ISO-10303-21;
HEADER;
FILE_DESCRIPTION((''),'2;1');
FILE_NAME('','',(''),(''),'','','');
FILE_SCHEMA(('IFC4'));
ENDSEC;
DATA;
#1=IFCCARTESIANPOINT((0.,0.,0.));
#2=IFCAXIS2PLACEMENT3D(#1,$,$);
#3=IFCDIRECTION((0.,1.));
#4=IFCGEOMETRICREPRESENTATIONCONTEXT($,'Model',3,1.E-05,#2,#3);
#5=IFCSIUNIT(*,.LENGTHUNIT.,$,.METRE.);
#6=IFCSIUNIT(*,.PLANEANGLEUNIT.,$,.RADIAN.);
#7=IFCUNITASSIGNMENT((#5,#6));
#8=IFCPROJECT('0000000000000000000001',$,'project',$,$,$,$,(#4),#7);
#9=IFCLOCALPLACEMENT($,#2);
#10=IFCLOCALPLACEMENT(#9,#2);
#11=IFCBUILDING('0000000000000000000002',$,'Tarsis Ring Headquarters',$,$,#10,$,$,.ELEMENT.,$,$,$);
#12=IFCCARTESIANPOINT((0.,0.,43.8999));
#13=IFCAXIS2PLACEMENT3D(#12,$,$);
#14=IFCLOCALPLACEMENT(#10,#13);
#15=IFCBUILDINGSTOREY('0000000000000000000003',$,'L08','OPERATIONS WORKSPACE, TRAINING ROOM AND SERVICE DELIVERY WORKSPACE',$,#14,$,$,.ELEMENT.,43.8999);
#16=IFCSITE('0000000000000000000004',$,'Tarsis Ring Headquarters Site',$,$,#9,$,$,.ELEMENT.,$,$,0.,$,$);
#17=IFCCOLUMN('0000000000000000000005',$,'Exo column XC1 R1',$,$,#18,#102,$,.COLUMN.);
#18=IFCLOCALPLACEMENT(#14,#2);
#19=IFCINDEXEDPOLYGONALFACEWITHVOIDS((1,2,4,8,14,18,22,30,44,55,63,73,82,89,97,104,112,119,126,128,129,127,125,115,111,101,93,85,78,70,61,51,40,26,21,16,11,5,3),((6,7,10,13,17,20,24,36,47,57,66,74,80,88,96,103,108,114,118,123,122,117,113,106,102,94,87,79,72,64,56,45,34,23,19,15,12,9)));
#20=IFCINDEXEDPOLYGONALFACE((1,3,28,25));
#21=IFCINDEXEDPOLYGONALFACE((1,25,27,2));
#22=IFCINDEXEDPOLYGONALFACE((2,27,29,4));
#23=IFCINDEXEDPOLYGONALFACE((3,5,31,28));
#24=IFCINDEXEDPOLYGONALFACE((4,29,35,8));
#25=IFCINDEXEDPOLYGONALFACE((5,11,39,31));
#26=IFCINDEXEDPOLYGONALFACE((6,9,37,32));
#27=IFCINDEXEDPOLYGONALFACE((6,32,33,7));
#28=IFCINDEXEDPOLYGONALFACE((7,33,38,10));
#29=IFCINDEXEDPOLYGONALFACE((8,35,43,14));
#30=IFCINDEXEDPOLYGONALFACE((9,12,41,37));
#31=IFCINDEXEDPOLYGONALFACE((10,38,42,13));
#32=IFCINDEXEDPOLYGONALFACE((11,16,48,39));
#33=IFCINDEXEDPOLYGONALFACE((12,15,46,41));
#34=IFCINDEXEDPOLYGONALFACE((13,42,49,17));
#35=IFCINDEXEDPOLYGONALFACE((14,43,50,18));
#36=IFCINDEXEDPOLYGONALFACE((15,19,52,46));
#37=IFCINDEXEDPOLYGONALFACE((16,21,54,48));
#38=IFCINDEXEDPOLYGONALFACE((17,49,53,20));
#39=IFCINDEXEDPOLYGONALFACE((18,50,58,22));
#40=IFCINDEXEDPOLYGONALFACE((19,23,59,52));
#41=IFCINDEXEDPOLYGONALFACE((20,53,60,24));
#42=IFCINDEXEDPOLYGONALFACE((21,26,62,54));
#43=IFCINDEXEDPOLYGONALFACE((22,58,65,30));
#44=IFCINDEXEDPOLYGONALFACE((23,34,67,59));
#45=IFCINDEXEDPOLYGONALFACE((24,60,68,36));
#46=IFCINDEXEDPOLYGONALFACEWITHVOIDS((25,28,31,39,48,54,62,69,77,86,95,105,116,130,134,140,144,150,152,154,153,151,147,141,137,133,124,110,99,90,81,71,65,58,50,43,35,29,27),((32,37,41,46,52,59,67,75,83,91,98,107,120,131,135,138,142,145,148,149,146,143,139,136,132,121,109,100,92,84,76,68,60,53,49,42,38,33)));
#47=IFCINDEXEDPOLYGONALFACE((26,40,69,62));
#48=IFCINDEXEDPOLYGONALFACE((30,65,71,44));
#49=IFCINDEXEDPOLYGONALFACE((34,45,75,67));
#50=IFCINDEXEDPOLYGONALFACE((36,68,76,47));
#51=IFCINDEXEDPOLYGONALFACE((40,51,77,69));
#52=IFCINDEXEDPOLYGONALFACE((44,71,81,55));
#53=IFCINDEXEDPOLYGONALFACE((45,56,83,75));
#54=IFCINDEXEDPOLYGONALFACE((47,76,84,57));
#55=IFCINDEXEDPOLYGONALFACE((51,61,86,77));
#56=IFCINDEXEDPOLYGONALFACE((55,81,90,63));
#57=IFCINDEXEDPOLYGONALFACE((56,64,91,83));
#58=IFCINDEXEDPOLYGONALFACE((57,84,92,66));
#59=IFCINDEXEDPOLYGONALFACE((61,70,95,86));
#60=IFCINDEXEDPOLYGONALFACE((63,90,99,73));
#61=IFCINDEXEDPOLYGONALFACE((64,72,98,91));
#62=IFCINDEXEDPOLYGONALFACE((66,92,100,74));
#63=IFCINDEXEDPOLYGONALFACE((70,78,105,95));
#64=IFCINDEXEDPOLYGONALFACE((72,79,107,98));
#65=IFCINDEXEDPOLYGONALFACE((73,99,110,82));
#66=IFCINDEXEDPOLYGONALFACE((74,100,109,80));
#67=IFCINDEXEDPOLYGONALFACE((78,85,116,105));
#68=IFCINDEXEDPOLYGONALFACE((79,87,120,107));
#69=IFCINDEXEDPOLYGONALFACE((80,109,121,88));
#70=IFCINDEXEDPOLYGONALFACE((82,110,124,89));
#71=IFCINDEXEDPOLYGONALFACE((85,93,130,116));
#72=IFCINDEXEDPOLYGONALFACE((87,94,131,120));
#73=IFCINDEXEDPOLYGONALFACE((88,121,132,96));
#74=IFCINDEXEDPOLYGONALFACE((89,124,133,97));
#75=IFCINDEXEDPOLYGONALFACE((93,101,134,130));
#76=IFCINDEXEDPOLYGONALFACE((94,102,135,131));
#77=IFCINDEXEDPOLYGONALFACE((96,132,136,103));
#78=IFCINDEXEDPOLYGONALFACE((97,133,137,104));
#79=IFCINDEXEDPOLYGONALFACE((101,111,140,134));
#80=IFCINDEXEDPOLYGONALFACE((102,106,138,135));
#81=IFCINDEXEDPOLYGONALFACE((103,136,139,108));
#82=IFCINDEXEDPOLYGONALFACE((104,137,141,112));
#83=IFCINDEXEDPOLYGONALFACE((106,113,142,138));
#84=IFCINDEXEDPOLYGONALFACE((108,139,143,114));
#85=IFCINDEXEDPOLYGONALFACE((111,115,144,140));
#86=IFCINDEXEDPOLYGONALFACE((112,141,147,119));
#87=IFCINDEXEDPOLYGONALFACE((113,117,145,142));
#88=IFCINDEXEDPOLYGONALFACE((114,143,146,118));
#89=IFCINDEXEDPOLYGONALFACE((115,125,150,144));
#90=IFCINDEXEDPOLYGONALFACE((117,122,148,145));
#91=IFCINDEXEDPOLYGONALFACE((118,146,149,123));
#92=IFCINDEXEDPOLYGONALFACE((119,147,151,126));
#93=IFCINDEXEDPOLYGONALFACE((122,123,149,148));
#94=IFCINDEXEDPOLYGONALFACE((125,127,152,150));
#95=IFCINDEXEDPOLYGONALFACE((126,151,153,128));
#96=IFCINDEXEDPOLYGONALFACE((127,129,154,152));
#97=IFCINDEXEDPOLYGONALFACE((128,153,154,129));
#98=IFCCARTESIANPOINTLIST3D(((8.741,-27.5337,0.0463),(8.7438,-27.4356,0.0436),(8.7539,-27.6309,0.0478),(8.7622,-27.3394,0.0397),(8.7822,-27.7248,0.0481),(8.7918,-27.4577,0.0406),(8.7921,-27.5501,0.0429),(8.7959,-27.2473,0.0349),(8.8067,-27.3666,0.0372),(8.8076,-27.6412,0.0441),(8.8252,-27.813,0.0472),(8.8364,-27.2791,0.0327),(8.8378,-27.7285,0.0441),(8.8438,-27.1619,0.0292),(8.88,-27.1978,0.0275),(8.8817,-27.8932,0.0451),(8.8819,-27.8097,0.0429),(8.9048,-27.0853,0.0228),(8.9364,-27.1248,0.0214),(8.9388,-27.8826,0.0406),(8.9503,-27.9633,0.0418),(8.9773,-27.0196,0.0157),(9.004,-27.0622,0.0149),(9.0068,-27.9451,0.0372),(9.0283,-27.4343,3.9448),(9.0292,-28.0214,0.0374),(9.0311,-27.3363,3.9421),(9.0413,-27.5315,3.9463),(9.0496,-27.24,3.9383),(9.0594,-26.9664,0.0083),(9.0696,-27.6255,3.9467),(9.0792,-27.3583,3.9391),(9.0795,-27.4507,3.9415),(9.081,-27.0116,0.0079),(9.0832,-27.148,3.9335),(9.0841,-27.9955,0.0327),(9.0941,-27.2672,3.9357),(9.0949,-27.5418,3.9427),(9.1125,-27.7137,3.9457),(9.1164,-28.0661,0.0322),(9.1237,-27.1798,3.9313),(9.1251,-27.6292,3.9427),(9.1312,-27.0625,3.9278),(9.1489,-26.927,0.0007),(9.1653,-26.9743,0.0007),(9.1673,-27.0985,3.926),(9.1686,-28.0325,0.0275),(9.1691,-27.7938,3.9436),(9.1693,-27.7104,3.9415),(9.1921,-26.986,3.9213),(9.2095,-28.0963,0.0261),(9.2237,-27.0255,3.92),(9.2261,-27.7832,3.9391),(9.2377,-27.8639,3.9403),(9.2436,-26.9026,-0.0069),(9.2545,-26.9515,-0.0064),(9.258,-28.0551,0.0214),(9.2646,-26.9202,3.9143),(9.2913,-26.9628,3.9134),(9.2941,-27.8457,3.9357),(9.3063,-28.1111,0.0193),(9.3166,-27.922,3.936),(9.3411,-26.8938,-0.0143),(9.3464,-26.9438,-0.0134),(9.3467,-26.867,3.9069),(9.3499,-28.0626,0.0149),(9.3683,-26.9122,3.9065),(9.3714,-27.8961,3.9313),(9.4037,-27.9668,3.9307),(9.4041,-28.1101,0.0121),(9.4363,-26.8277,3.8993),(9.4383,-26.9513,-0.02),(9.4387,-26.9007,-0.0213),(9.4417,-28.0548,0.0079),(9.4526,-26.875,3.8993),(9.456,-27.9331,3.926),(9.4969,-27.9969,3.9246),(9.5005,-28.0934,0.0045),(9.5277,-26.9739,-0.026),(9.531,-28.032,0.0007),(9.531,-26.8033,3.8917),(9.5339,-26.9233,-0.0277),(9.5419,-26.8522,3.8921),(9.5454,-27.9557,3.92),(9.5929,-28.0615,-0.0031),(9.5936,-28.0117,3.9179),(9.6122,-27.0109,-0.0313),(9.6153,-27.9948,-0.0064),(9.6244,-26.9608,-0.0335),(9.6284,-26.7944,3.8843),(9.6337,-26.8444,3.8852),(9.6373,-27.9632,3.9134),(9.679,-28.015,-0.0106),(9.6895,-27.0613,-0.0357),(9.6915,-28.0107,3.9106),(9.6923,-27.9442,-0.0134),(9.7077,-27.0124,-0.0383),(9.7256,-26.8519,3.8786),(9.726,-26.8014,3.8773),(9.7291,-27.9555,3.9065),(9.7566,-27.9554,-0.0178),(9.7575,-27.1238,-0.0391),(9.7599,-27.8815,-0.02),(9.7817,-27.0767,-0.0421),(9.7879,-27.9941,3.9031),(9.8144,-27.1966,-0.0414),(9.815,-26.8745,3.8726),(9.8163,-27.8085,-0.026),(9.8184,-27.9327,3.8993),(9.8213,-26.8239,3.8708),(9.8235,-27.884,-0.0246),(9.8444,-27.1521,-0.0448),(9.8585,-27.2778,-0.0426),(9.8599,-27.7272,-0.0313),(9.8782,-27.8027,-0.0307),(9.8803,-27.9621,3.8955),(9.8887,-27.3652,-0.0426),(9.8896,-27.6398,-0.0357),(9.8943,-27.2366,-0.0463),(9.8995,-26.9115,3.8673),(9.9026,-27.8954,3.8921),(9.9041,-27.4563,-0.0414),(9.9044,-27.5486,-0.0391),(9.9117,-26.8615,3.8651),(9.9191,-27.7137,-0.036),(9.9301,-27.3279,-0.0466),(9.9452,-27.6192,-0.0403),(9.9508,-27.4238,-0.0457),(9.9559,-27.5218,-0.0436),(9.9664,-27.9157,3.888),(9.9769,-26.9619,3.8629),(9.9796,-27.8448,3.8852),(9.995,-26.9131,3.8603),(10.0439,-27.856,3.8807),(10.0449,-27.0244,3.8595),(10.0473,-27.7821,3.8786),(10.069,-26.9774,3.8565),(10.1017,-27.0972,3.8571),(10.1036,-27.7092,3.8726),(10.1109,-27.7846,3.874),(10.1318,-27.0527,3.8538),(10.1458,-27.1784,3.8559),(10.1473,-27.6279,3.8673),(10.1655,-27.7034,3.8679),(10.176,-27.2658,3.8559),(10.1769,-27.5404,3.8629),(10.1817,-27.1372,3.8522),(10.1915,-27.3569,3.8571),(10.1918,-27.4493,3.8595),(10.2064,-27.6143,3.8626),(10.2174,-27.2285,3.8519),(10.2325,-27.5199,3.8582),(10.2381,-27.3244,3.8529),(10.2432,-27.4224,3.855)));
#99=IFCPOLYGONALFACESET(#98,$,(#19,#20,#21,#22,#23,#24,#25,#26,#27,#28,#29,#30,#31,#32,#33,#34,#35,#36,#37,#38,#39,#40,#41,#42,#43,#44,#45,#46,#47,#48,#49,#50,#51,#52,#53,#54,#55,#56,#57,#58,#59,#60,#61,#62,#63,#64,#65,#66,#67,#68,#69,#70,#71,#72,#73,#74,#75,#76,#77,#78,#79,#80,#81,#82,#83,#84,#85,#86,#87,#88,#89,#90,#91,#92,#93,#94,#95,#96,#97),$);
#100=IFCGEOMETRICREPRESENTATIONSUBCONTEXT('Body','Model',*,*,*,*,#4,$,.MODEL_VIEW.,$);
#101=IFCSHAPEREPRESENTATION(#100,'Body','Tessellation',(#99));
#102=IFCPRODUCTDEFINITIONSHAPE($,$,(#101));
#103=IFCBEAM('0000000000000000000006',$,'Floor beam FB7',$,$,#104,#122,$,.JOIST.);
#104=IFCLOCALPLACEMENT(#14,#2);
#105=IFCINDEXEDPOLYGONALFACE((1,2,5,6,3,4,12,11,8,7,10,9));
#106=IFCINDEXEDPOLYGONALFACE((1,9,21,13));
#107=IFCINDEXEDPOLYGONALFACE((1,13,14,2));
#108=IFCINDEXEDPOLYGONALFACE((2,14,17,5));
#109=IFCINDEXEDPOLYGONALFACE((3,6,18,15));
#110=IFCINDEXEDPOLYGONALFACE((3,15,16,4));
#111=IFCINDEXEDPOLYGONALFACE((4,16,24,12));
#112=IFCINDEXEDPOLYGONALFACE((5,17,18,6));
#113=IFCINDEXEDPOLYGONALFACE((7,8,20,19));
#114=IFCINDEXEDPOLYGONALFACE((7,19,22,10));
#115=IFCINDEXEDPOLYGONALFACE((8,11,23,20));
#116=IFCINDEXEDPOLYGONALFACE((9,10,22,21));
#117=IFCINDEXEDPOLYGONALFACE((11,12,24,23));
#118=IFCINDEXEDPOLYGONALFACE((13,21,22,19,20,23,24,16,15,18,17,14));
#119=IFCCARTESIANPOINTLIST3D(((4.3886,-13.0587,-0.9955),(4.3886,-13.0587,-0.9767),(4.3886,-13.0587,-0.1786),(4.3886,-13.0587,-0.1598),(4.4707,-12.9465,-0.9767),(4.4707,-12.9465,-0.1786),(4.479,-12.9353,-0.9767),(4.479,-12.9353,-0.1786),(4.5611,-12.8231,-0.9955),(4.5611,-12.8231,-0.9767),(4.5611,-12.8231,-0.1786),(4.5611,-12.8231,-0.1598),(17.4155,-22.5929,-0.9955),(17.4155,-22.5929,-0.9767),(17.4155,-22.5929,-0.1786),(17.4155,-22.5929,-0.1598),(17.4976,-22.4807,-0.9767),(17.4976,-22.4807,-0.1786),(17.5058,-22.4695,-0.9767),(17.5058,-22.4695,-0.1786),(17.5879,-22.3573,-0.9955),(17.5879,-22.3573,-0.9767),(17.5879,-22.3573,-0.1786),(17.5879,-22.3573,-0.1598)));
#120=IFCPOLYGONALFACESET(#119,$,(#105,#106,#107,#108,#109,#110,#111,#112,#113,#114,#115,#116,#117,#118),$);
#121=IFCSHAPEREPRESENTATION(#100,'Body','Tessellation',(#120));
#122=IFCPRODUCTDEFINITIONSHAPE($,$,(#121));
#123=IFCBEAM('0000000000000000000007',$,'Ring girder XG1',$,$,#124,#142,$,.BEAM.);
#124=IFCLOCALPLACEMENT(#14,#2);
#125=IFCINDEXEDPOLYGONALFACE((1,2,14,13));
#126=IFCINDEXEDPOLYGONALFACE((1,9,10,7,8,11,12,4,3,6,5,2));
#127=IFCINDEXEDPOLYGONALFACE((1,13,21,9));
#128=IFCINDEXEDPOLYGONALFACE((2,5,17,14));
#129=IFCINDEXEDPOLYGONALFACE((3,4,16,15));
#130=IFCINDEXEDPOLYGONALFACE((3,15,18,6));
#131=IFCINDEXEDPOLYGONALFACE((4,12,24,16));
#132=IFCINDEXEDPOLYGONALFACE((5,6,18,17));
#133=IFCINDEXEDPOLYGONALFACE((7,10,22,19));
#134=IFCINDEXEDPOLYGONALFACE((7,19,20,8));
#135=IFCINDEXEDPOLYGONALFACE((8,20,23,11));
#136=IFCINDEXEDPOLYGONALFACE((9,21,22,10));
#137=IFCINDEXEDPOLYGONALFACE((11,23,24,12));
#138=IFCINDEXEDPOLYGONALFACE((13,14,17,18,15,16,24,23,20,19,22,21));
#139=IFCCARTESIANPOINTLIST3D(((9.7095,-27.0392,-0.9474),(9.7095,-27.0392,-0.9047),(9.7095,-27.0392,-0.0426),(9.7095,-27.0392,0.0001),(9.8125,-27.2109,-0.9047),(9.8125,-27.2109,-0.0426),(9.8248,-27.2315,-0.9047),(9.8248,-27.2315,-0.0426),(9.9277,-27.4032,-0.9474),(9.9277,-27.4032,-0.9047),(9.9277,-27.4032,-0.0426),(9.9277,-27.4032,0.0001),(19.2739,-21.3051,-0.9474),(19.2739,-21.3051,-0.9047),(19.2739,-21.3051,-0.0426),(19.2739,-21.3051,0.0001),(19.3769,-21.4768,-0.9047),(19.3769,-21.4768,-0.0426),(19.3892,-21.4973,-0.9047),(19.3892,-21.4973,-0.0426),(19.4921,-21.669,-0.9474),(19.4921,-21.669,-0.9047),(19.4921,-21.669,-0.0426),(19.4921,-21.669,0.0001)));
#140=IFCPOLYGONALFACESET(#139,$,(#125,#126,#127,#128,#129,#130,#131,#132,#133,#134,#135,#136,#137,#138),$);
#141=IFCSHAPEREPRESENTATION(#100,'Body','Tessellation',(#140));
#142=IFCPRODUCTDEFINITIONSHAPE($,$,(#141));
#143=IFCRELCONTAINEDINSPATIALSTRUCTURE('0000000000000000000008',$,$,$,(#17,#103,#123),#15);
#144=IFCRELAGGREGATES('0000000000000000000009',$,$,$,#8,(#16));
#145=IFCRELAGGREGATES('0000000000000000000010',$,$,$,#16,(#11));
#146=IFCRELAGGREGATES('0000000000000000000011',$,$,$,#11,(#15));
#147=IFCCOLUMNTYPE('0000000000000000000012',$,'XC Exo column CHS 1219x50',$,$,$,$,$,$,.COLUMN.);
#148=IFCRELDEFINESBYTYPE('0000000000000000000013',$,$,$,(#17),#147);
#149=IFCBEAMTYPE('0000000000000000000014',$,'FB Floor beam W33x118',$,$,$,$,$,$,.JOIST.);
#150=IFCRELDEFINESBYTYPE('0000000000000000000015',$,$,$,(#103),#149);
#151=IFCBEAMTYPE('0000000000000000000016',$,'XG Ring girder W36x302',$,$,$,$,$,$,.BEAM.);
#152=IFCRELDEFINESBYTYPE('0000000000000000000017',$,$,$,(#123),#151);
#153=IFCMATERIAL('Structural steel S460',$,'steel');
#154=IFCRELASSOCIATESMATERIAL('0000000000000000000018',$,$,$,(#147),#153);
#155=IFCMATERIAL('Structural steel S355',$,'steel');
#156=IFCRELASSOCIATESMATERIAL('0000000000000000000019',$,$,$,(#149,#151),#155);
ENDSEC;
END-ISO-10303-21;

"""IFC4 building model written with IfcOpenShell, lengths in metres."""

from ifc_helpers import new_model, si_unit, direction, frame, origin, origin_2d, place, context, subcontext, project, spatial, hollow_circle, i_section, extrude, material, material_profile, profile_set, type_object, element, save


model = new_model("IFC4")

# Units and contexts
model_context = context("Model", 3, precision=1e-05, world=origin(), true_north=direction((0.0, 1.0)))
body_context = subcontext(model_context, "Body", "Model", "MODEL_VIEW")
ifc_project = project(units=[si_unit("LENGTHUNIT", "METRE"), si_unit("PLANEANGLEUNIT", "RADIAN")], contexts=[model_context])

# Site, building, storey
site_placement = place(None, origin())
site = spatial("IfcSite", under=ifc_project, at=site_placement, Name="Tarsis Ring Headquarters Site", CompositionType="ELEMENT", RefElevation=0.0)
building_placement = place(site_placement, origin())
building = spatial("IfcBuilding", under=site, at=building_placement, Name="Tarsis Ring Headquarters", CompositionType="ELEMENT")
storey_placement = place(building_placement, frame((0.0, 0.0, 43.8999)))
storey = spatial("IfcBuildingStorey", under=building, at=storey_placement, Name="L08", Description="OPERATIONS WORKSPACE, TRAINING ROOM AND SERVICE DELIVERY WORKSPACE", CompositionType="ELEMENT", Elevation=43.8999)

# Column
ifc_material_1 = material(Name="Structural steel S460", Category="steel")
ifc_material_profile_1 = material_profile(ifc_material_1, hollow_circle(Radius=0.6096, WallThickness=0.05, at=origin_2d()), Name="CHS 1219x50")
ifc_profile_set_1 = profile_set([ifc_material_profile_1], Name="Structural steel S460")
column_type = type_object("IfcColumnType", Name="XC Exo column CHS 1219x50", PredefinedType="COLUMN", material=ifc_profile_set_1)
column_placement = place(storey_placement, frame((9.3481, -27.5032, 0.0007), z_axis=(0.073482, 0.02541, 0.996973), x_axis=(-0.326807, 0.945091, 0.0)))
element("IfcColumn", 1, at=column_placement, inside=storey, type_object=column_type, Name="Exo column XC1 R1", PredefinedType="COLUMN", context=body_context, shape_type="SweptSolid", body=[
    extrude(hollow_circle(Radius=0.6096, WallThickness=0.05, at=origin_2d()), origin(), (0.0, 0.0, 1.0), 3.9104),
])

# Beams
ifc_material_2 = material(Name="Structural steel S355", Category="steel")
ifc_material_profile_2 = material_profile(ifc_material_2, i_section(OverallWidth=0.292, OverallDepth=0.8357, WebThickness=0.0139, FlangeThickness=0.0188, at=origin_2d()), Name="W33x118")
ifc_profile_set_2 = profile_set([ifc_material_profile_2], Name="Structural steel S355")
beam_type_1 = type_object("IfcBeamType", Name="FB Floor beam W33x118", PredefinedType="JOIST", material=ifc_profile_set_2)
beam_1_placement = place(storey_placement, frame((4.4749, -12.9409, -0.5776), z_axis=(0.806961, -0.590604, 0.0), x_axis=(0.590604, 0.806961, 0.0)))
element("IfcBeam", 2, at=beam_1_placement, inside=storey, type_object=beam_type_1, Name="Floor beam FB7", PredefinedType="JOIST", context=body_context, shape_type="SweptSolid", body=[
    extrude(i_section(OverallWidth=0.292, OverallDepth=0.8357, WebThickness=0.0139, FlangeThickness=0.0188, at=origin_2d()), origin(), (0.0, 0.0, 1.0), 16.1431),
])
ifc_material_profile_3 = material_profile(ifc_material_2, i_section(OverallWidth=0.4243, OverallDepth=0.9475, WebThickness=0.0239, FlangeThickness=0.0427, at=origin_2d()), Name="W36x302")
ifc_profile_set_3 = profile_set([ifc_material_profile_3], Name="Structural steel S355")
beam_type_2 = type_object("IfcBeamType", Name="XG Ring girder W36x302", PredefinedType="BEAM", material=ifc_profile_set_3)
beam_2_placement = place(storey_placement, frame((9.8186, -27.2212, -0.4736), z_axis=(0.857673, 0.514196, 0.0), x_axis=(-0.514196, 0.857673, 0.0)))
element("IfcBeam", 3, at=beam_2_placement, inside=storey, type_object=beam_type_2, Name="Ring girder XG1", PredefinedType="BEAM", context=body_context, shape_type="SweptSolid", body=[
    extrude(i_section(OverallWidth=0.4243, OverallDepth=0.9475, WebThickness=0.0239, FlangeThickness=0.0427, at=origin_2d()), origin(), (0.0, 0.0, 1.0), 11.1516),
])

save(model, "model.ifc")
